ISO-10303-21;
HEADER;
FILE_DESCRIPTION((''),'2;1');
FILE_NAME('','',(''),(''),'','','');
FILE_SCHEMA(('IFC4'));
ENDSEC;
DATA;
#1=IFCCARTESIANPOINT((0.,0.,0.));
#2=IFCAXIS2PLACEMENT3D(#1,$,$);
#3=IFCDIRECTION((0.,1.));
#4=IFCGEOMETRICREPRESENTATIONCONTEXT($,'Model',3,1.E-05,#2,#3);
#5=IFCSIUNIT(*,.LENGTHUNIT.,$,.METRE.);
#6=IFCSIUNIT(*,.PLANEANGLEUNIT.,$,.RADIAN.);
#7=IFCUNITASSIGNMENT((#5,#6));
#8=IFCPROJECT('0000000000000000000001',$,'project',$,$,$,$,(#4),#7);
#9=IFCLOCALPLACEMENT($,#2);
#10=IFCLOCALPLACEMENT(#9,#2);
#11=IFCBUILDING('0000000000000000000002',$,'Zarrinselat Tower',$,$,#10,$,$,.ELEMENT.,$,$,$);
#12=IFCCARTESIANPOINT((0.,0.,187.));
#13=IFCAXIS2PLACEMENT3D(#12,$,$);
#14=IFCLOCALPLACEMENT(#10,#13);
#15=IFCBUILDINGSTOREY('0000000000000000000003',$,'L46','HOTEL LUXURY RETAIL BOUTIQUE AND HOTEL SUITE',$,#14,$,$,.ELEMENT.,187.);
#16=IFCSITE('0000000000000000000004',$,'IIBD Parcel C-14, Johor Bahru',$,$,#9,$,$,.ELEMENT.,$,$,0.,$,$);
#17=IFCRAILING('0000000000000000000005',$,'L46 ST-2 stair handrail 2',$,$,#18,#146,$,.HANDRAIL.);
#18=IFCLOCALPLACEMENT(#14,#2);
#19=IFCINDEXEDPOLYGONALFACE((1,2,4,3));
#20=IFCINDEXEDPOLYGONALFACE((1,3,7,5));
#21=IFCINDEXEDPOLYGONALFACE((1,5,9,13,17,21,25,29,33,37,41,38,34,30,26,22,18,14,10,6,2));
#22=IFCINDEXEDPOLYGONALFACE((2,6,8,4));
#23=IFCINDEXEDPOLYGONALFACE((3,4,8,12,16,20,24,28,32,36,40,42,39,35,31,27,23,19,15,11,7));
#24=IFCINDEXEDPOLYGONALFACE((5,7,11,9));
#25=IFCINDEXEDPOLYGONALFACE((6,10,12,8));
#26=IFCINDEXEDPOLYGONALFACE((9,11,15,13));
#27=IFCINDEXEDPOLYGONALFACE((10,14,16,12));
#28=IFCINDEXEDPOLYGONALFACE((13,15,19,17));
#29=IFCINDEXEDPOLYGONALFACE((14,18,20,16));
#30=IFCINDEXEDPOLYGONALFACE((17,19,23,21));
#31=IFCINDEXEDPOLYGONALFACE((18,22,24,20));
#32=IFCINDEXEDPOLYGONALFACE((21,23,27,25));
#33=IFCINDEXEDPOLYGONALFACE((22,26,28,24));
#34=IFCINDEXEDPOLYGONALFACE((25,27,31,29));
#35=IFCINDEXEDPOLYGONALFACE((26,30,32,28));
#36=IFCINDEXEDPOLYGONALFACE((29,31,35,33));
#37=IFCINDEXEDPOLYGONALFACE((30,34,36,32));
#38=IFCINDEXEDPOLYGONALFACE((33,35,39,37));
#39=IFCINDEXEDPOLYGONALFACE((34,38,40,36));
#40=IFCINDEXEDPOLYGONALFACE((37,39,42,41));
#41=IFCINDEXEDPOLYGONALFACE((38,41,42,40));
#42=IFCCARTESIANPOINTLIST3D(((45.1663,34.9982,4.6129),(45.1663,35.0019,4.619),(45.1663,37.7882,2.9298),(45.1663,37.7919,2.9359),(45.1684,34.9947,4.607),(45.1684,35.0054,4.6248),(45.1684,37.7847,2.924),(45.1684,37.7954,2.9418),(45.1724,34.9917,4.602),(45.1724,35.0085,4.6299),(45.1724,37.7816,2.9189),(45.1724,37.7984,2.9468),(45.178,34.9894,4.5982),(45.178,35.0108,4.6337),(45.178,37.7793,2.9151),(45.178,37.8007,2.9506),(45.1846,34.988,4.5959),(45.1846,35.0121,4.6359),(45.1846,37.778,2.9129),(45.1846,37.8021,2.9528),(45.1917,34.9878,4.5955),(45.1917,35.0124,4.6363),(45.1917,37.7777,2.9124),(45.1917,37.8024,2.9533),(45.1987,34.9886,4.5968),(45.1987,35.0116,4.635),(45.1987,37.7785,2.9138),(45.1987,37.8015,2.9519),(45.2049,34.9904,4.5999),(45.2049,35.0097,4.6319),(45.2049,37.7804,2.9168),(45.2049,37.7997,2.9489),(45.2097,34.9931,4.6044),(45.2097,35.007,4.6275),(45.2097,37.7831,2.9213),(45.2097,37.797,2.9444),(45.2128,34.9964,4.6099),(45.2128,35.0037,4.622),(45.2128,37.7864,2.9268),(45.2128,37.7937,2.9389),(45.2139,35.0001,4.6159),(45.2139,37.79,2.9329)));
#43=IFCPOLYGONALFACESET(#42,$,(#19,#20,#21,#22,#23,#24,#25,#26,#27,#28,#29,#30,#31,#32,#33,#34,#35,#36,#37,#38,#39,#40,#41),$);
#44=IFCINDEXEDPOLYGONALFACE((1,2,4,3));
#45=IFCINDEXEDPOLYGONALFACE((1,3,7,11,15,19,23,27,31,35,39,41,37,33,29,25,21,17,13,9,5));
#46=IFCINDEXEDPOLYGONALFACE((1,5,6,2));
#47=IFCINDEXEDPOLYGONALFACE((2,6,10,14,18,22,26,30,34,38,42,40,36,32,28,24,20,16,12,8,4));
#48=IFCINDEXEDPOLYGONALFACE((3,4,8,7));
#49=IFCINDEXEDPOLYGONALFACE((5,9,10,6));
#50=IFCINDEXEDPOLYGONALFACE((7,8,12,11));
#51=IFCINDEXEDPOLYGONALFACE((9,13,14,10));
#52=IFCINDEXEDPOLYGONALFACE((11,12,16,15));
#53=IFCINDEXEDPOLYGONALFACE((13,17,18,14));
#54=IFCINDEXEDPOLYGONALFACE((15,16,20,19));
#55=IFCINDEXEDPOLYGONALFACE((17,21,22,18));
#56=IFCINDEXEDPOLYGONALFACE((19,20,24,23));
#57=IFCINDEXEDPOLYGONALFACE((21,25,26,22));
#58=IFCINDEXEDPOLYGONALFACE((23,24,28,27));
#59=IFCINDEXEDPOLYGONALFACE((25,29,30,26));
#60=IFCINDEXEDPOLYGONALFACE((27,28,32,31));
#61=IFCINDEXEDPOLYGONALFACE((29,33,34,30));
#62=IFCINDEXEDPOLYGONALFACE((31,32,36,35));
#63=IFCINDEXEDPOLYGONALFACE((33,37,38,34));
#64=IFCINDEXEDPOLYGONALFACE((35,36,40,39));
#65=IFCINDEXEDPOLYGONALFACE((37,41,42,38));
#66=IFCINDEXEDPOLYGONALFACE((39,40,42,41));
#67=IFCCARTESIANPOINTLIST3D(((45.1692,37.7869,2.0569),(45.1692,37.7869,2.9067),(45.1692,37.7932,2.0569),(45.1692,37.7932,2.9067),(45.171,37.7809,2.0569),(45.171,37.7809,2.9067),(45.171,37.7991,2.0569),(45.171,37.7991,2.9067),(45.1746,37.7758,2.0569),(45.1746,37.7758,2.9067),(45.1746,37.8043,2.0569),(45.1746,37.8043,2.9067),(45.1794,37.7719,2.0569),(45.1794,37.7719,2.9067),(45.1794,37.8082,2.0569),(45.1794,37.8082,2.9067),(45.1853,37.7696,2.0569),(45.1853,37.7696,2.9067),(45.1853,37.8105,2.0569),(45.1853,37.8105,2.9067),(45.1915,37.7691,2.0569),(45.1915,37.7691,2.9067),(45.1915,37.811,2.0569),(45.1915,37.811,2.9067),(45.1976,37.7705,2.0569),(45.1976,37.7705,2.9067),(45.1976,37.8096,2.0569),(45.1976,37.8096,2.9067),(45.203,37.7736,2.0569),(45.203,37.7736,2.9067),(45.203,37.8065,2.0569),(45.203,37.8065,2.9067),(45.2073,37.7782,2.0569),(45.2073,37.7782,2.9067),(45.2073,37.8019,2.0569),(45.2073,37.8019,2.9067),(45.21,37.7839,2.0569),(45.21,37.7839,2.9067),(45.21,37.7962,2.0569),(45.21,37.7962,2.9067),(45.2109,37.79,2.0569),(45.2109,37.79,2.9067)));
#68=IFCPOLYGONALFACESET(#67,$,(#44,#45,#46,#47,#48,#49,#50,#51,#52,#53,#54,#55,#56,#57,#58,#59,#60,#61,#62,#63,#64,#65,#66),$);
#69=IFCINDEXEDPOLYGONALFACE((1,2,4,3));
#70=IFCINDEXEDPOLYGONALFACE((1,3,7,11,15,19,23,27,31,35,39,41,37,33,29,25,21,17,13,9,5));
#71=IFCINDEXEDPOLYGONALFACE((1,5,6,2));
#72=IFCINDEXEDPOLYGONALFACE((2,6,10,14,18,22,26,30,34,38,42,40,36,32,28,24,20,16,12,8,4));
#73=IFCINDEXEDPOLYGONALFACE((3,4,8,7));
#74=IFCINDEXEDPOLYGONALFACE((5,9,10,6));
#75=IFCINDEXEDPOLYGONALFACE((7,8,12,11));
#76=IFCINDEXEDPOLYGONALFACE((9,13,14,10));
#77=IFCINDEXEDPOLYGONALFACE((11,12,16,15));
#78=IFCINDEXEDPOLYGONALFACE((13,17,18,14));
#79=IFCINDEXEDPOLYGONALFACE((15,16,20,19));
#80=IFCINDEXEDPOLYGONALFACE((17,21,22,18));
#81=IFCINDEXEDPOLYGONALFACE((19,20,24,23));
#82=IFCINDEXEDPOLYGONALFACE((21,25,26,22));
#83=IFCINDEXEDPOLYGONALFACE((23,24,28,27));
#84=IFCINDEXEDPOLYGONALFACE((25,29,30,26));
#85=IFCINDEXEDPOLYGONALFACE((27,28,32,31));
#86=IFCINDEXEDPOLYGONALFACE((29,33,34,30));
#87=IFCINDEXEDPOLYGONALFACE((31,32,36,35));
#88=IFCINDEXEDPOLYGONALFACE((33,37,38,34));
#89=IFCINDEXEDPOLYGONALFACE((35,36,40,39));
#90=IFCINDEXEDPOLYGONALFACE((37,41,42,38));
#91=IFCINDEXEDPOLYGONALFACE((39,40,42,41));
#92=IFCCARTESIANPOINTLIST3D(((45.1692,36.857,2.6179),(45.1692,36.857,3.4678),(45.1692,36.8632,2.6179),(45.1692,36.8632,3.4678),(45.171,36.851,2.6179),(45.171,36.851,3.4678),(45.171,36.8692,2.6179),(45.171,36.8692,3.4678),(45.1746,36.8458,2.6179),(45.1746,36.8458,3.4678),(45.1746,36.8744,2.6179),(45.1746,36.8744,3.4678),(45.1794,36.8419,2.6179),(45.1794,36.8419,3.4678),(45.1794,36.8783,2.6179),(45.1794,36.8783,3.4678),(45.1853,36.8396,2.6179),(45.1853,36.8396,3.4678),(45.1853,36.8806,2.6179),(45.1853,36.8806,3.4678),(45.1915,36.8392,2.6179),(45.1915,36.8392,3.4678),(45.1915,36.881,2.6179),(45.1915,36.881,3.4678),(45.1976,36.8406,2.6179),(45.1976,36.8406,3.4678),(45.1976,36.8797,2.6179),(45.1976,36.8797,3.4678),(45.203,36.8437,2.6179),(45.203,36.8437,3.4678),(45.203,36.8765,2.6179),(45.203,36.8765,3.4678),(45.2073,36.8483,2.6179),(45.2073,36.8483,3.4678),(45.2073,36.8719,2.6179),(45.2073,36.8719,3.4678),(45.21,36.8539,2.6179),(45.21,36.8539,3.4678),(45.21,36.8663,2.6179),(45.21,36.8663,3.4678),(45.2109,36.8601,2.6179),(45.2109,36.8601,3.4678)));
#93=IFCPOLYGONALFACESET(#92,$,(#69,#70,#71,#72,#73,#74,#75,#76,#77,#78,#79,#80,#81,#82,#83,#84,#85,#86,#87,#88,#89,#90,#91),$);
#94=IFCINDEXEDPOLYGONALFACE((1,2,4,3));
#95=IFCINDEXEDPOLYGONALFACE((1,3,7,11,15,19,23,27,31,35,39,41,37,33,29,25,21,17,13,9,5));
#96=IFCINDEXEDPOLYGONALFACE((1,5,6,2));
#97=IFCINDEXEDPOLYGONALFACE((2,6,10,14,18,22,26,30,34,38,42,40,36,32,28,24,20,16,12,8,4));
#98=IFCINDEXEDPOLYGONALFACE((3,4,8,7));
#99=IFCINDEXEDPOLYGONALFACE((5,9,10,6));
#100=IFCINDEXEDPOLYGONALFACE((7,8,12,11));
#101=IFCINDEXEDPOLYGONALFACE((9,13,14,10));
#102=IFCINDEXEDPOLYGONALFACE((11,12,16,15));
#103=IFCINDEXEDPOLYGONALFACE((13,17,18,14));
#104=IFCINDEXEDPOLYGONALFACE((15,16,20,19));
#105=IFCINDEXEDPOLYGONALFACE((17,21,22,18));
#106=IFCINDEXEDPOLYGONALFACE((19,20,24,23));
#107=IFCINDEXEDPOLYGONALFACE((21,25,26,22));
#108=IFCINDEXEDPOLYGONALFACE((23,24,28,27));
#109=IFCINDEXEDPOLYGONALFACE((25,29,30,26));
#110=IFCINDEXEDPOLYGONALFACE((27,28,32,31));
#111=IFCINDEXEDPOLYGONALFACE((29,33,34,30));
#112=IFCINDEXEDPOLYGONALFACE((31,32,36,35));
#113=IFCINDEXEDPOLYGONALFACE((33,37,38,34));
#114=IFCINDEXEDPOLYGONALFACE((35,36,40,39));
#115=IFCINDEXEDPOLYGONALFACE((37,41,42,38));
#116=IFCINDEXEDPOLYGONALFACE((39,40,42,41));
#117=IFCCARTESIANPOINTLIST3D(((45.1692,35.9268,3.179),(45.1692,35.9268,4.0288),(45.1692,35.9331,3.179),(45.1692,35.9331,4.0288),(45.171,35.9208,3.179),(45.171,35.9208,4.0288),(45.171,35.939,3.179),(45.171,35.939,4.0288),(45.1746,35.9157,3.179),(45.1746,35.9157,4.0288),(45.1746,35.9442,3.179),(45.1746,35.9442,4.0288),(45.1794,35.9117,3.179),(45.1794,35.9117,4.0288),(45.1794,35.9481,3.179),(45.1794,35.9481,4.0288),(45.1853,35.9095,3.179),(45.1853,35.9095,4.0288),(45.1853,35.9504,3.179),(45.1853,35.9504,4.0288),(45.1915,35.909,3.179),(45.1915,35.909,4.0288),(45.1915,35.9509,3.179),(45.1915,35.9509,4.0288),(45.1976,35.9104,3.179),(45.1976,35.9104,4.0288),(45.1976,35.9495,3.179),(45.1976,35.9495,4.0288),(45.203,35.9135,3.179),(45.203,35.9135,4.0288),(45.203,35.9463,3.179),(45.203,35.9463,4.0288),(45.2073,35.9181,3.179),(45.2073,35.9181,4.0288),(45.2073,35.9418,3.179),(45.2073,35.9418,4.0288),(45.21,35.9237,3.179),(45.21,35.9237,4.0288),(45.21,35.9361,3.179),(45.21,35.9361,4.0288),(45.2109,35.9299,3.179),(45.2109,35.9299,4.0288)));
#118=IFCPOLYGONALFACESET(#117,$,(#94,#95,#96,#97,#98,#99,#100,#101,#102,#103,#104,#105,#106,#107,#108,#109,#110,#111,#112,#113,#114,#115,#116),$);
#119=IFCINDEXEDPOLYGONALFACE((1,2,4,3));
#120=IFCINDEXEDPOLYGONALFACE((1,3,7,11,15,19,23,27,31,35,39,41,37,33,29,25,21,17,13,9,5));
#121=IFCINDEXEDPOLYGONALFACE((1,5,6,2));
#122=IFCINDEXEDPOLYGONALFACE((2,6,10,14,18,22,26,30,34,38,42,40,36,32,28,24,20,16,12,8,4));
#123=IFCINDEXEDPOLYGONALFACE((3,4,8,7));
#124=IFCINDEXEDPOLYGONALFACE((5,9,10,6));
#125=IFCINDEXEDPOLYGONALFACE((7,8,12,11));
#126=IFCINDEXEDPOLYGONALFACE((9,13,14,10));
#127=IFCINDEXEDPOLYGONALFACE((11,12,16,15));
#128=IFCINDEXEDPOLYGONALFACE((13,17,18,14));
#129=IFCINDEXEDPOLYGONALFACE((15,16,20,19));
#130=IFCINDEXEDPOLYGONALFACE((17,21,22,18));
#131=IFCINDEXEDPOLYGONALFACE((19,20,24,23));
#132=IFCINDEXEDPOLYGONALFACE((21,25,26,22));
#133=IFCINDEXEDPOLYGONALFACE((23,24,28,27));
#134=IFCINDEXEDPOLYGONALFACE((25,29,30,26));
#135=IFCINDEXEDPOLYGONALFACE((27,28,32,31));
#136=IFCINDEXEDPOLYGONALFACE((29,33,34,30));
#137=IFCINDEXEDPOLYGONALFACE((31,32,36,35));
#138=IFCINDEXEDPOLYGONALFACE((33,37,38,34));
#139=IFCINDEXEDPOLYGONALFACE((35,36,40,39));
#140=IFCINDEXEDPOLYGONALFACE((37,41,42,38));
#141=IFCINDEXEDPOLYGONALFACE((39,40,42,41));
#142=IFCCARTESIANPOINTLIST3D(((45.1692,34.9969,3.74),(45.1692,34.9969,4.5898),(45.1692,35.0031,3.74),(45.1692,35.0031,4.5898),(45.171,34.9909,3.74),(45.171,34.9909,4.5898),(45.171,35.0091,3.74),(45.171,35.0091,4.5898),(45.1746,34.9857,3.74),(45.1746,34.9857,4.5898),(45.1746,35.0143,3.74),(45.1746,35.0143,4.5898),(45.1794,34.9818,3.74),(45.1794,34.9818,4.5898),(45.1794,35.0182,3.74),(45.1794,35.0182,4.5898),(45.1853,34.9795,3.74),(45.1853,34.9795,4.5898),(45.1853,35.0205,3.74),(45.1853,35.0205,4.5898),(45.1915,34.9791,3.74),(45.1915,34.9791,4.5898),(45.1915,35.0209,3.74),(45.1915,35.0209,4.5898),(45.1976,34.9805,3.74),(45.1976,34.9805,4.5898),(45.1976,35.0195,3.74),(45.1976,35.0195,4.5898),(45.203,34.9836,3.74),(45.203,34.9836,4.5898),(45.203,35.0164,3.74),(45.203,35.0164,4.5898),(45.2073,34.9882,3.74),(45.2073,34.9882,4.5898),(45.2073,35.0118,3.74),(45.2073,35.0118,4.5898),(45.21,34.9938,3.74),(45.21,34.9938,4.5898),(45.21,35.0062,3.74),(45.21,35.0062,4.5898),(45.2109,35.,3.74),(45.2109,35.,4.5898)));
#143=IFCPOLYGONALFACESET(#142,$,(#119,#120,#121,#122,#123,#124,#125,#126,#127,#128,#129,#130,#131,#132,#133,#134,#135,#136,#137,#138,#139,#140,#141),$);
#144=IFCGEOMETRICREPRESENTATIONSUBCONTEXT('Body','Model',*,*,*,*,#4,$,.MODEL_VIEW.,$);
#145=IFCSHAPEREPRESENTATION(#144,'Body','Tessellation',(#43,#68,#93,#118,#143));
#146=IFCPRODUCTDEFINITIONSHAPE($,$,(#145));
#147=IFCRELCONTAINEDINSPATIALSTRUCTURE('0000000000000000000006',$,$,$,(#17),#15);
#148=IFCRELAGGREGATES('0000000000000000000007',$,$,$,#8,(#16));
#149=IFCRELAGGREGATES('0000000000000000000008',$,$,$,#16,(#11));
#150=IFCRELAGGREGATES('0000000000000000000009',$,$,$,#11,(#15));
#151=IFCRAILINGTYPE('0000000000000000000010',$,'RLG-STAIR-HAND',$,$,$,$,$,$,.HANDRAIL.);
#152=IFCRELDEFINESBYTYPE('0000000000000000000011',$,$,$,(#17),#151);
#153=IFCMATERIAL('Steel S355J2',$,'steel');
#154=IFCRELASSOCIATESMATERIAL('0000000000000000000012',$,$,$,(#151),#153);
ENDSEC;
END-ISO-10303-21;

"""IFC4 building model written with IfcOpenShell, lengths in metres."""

from ifc_helpers import new_model, si_unit, direction, frame, origin, origin_2d, place, context, subcontext, project, spatial, circle, extrude, material, type_object, element, save


model = new_model("IFC4")

# Units and contexts
model_context = context("Model", 3, precision=1e-05, world=origin(), true_north=direction((0.0, 1.0)))
body_context = subcontext(model_context, "Body", "Model", "MODEL_VIEW")
ifc_project = project(units=[si_unit("LENGTHUNIT", "METRE"), si_unit("PLANEANGLEUNIT", "RADIAN")], contexts=[model_context])

# Site, building, storey
site_placement = place(None, origin())
site = spatial("IfcSite", under=ifc_project, at=site_placement, Name="IIBD Parcel C-14, Johor Bahru", CompositionType="ELEMENT", RefElevation=0.0)
building_placement = place(site_placement, origin())
building = spatial("IfcBuilding", under=site, at=building_placement, Name="Zarrinselat Tower", CompositionType="ELEMENT")
storey_placement = place(building_placement, frame((0.0, 0.0, 187.0)))
storey = spatial("IfcBuildingStorey", under=building, at=storey_placement, Name="L46", Description="HOTEL LUXURY RETAIL BOUTIQUE AND HOTEL SUITE", CompositionType="ELEMENT", Elevation=187.0)

# Railing
ifc_material_1 = material(Name="Steel S355J2", Category="steel")
railing_type_1 = type_object("IfcRailingType", Name="RLG-STAIR-HAND", PredefinedType="HANDRAIL", material=ifc_material_1)
railing_1_placement = place(storey_placement, frame((45.1899, 37.79, 2.0569)))
element("IfcRailing", 1, at=railing_1_placement, inside=storey, type_object=railing_type_1, Name="L46 ST-2 stair handrail 2", PredefinedType="HANDRAIL", context=body_context, shape_type="SweptSolid", body=[
    extrude(circle(Radius=0.0239, at=origin_2d()), frame((0.0, 0.0, 0.876), z_axis=(0.0, -0.856261, 0.516544), x_axis=(1.0, 0.0, 0.0)), (0.0, 0.0, 1.0), 3.2583),
    extrude(circle(Radius=0.021, at=origin_2d()), origin(), (0.0, 0.0, 1.0), 0.8499),
    extrude(circle(Radius=0.021, at=origin_2d()), frame((0.0, -0.9299, 0.561)), (0.0, 0.0, 1.0), 0.8499),
    extrude(circle(Radius=0.021, at=origin_2d()), frame((0.0, -1.8601, 1.1221)), (0.0, 0.0, 1.0), 0.8499),
    extrude(circle(Radius=0.021, at=origin_2d()), frame((0.0, -2.79, 1.6831)), (0.0, 0.0, 1.0), 0.8499),
])

save(model, "model.ifc")
